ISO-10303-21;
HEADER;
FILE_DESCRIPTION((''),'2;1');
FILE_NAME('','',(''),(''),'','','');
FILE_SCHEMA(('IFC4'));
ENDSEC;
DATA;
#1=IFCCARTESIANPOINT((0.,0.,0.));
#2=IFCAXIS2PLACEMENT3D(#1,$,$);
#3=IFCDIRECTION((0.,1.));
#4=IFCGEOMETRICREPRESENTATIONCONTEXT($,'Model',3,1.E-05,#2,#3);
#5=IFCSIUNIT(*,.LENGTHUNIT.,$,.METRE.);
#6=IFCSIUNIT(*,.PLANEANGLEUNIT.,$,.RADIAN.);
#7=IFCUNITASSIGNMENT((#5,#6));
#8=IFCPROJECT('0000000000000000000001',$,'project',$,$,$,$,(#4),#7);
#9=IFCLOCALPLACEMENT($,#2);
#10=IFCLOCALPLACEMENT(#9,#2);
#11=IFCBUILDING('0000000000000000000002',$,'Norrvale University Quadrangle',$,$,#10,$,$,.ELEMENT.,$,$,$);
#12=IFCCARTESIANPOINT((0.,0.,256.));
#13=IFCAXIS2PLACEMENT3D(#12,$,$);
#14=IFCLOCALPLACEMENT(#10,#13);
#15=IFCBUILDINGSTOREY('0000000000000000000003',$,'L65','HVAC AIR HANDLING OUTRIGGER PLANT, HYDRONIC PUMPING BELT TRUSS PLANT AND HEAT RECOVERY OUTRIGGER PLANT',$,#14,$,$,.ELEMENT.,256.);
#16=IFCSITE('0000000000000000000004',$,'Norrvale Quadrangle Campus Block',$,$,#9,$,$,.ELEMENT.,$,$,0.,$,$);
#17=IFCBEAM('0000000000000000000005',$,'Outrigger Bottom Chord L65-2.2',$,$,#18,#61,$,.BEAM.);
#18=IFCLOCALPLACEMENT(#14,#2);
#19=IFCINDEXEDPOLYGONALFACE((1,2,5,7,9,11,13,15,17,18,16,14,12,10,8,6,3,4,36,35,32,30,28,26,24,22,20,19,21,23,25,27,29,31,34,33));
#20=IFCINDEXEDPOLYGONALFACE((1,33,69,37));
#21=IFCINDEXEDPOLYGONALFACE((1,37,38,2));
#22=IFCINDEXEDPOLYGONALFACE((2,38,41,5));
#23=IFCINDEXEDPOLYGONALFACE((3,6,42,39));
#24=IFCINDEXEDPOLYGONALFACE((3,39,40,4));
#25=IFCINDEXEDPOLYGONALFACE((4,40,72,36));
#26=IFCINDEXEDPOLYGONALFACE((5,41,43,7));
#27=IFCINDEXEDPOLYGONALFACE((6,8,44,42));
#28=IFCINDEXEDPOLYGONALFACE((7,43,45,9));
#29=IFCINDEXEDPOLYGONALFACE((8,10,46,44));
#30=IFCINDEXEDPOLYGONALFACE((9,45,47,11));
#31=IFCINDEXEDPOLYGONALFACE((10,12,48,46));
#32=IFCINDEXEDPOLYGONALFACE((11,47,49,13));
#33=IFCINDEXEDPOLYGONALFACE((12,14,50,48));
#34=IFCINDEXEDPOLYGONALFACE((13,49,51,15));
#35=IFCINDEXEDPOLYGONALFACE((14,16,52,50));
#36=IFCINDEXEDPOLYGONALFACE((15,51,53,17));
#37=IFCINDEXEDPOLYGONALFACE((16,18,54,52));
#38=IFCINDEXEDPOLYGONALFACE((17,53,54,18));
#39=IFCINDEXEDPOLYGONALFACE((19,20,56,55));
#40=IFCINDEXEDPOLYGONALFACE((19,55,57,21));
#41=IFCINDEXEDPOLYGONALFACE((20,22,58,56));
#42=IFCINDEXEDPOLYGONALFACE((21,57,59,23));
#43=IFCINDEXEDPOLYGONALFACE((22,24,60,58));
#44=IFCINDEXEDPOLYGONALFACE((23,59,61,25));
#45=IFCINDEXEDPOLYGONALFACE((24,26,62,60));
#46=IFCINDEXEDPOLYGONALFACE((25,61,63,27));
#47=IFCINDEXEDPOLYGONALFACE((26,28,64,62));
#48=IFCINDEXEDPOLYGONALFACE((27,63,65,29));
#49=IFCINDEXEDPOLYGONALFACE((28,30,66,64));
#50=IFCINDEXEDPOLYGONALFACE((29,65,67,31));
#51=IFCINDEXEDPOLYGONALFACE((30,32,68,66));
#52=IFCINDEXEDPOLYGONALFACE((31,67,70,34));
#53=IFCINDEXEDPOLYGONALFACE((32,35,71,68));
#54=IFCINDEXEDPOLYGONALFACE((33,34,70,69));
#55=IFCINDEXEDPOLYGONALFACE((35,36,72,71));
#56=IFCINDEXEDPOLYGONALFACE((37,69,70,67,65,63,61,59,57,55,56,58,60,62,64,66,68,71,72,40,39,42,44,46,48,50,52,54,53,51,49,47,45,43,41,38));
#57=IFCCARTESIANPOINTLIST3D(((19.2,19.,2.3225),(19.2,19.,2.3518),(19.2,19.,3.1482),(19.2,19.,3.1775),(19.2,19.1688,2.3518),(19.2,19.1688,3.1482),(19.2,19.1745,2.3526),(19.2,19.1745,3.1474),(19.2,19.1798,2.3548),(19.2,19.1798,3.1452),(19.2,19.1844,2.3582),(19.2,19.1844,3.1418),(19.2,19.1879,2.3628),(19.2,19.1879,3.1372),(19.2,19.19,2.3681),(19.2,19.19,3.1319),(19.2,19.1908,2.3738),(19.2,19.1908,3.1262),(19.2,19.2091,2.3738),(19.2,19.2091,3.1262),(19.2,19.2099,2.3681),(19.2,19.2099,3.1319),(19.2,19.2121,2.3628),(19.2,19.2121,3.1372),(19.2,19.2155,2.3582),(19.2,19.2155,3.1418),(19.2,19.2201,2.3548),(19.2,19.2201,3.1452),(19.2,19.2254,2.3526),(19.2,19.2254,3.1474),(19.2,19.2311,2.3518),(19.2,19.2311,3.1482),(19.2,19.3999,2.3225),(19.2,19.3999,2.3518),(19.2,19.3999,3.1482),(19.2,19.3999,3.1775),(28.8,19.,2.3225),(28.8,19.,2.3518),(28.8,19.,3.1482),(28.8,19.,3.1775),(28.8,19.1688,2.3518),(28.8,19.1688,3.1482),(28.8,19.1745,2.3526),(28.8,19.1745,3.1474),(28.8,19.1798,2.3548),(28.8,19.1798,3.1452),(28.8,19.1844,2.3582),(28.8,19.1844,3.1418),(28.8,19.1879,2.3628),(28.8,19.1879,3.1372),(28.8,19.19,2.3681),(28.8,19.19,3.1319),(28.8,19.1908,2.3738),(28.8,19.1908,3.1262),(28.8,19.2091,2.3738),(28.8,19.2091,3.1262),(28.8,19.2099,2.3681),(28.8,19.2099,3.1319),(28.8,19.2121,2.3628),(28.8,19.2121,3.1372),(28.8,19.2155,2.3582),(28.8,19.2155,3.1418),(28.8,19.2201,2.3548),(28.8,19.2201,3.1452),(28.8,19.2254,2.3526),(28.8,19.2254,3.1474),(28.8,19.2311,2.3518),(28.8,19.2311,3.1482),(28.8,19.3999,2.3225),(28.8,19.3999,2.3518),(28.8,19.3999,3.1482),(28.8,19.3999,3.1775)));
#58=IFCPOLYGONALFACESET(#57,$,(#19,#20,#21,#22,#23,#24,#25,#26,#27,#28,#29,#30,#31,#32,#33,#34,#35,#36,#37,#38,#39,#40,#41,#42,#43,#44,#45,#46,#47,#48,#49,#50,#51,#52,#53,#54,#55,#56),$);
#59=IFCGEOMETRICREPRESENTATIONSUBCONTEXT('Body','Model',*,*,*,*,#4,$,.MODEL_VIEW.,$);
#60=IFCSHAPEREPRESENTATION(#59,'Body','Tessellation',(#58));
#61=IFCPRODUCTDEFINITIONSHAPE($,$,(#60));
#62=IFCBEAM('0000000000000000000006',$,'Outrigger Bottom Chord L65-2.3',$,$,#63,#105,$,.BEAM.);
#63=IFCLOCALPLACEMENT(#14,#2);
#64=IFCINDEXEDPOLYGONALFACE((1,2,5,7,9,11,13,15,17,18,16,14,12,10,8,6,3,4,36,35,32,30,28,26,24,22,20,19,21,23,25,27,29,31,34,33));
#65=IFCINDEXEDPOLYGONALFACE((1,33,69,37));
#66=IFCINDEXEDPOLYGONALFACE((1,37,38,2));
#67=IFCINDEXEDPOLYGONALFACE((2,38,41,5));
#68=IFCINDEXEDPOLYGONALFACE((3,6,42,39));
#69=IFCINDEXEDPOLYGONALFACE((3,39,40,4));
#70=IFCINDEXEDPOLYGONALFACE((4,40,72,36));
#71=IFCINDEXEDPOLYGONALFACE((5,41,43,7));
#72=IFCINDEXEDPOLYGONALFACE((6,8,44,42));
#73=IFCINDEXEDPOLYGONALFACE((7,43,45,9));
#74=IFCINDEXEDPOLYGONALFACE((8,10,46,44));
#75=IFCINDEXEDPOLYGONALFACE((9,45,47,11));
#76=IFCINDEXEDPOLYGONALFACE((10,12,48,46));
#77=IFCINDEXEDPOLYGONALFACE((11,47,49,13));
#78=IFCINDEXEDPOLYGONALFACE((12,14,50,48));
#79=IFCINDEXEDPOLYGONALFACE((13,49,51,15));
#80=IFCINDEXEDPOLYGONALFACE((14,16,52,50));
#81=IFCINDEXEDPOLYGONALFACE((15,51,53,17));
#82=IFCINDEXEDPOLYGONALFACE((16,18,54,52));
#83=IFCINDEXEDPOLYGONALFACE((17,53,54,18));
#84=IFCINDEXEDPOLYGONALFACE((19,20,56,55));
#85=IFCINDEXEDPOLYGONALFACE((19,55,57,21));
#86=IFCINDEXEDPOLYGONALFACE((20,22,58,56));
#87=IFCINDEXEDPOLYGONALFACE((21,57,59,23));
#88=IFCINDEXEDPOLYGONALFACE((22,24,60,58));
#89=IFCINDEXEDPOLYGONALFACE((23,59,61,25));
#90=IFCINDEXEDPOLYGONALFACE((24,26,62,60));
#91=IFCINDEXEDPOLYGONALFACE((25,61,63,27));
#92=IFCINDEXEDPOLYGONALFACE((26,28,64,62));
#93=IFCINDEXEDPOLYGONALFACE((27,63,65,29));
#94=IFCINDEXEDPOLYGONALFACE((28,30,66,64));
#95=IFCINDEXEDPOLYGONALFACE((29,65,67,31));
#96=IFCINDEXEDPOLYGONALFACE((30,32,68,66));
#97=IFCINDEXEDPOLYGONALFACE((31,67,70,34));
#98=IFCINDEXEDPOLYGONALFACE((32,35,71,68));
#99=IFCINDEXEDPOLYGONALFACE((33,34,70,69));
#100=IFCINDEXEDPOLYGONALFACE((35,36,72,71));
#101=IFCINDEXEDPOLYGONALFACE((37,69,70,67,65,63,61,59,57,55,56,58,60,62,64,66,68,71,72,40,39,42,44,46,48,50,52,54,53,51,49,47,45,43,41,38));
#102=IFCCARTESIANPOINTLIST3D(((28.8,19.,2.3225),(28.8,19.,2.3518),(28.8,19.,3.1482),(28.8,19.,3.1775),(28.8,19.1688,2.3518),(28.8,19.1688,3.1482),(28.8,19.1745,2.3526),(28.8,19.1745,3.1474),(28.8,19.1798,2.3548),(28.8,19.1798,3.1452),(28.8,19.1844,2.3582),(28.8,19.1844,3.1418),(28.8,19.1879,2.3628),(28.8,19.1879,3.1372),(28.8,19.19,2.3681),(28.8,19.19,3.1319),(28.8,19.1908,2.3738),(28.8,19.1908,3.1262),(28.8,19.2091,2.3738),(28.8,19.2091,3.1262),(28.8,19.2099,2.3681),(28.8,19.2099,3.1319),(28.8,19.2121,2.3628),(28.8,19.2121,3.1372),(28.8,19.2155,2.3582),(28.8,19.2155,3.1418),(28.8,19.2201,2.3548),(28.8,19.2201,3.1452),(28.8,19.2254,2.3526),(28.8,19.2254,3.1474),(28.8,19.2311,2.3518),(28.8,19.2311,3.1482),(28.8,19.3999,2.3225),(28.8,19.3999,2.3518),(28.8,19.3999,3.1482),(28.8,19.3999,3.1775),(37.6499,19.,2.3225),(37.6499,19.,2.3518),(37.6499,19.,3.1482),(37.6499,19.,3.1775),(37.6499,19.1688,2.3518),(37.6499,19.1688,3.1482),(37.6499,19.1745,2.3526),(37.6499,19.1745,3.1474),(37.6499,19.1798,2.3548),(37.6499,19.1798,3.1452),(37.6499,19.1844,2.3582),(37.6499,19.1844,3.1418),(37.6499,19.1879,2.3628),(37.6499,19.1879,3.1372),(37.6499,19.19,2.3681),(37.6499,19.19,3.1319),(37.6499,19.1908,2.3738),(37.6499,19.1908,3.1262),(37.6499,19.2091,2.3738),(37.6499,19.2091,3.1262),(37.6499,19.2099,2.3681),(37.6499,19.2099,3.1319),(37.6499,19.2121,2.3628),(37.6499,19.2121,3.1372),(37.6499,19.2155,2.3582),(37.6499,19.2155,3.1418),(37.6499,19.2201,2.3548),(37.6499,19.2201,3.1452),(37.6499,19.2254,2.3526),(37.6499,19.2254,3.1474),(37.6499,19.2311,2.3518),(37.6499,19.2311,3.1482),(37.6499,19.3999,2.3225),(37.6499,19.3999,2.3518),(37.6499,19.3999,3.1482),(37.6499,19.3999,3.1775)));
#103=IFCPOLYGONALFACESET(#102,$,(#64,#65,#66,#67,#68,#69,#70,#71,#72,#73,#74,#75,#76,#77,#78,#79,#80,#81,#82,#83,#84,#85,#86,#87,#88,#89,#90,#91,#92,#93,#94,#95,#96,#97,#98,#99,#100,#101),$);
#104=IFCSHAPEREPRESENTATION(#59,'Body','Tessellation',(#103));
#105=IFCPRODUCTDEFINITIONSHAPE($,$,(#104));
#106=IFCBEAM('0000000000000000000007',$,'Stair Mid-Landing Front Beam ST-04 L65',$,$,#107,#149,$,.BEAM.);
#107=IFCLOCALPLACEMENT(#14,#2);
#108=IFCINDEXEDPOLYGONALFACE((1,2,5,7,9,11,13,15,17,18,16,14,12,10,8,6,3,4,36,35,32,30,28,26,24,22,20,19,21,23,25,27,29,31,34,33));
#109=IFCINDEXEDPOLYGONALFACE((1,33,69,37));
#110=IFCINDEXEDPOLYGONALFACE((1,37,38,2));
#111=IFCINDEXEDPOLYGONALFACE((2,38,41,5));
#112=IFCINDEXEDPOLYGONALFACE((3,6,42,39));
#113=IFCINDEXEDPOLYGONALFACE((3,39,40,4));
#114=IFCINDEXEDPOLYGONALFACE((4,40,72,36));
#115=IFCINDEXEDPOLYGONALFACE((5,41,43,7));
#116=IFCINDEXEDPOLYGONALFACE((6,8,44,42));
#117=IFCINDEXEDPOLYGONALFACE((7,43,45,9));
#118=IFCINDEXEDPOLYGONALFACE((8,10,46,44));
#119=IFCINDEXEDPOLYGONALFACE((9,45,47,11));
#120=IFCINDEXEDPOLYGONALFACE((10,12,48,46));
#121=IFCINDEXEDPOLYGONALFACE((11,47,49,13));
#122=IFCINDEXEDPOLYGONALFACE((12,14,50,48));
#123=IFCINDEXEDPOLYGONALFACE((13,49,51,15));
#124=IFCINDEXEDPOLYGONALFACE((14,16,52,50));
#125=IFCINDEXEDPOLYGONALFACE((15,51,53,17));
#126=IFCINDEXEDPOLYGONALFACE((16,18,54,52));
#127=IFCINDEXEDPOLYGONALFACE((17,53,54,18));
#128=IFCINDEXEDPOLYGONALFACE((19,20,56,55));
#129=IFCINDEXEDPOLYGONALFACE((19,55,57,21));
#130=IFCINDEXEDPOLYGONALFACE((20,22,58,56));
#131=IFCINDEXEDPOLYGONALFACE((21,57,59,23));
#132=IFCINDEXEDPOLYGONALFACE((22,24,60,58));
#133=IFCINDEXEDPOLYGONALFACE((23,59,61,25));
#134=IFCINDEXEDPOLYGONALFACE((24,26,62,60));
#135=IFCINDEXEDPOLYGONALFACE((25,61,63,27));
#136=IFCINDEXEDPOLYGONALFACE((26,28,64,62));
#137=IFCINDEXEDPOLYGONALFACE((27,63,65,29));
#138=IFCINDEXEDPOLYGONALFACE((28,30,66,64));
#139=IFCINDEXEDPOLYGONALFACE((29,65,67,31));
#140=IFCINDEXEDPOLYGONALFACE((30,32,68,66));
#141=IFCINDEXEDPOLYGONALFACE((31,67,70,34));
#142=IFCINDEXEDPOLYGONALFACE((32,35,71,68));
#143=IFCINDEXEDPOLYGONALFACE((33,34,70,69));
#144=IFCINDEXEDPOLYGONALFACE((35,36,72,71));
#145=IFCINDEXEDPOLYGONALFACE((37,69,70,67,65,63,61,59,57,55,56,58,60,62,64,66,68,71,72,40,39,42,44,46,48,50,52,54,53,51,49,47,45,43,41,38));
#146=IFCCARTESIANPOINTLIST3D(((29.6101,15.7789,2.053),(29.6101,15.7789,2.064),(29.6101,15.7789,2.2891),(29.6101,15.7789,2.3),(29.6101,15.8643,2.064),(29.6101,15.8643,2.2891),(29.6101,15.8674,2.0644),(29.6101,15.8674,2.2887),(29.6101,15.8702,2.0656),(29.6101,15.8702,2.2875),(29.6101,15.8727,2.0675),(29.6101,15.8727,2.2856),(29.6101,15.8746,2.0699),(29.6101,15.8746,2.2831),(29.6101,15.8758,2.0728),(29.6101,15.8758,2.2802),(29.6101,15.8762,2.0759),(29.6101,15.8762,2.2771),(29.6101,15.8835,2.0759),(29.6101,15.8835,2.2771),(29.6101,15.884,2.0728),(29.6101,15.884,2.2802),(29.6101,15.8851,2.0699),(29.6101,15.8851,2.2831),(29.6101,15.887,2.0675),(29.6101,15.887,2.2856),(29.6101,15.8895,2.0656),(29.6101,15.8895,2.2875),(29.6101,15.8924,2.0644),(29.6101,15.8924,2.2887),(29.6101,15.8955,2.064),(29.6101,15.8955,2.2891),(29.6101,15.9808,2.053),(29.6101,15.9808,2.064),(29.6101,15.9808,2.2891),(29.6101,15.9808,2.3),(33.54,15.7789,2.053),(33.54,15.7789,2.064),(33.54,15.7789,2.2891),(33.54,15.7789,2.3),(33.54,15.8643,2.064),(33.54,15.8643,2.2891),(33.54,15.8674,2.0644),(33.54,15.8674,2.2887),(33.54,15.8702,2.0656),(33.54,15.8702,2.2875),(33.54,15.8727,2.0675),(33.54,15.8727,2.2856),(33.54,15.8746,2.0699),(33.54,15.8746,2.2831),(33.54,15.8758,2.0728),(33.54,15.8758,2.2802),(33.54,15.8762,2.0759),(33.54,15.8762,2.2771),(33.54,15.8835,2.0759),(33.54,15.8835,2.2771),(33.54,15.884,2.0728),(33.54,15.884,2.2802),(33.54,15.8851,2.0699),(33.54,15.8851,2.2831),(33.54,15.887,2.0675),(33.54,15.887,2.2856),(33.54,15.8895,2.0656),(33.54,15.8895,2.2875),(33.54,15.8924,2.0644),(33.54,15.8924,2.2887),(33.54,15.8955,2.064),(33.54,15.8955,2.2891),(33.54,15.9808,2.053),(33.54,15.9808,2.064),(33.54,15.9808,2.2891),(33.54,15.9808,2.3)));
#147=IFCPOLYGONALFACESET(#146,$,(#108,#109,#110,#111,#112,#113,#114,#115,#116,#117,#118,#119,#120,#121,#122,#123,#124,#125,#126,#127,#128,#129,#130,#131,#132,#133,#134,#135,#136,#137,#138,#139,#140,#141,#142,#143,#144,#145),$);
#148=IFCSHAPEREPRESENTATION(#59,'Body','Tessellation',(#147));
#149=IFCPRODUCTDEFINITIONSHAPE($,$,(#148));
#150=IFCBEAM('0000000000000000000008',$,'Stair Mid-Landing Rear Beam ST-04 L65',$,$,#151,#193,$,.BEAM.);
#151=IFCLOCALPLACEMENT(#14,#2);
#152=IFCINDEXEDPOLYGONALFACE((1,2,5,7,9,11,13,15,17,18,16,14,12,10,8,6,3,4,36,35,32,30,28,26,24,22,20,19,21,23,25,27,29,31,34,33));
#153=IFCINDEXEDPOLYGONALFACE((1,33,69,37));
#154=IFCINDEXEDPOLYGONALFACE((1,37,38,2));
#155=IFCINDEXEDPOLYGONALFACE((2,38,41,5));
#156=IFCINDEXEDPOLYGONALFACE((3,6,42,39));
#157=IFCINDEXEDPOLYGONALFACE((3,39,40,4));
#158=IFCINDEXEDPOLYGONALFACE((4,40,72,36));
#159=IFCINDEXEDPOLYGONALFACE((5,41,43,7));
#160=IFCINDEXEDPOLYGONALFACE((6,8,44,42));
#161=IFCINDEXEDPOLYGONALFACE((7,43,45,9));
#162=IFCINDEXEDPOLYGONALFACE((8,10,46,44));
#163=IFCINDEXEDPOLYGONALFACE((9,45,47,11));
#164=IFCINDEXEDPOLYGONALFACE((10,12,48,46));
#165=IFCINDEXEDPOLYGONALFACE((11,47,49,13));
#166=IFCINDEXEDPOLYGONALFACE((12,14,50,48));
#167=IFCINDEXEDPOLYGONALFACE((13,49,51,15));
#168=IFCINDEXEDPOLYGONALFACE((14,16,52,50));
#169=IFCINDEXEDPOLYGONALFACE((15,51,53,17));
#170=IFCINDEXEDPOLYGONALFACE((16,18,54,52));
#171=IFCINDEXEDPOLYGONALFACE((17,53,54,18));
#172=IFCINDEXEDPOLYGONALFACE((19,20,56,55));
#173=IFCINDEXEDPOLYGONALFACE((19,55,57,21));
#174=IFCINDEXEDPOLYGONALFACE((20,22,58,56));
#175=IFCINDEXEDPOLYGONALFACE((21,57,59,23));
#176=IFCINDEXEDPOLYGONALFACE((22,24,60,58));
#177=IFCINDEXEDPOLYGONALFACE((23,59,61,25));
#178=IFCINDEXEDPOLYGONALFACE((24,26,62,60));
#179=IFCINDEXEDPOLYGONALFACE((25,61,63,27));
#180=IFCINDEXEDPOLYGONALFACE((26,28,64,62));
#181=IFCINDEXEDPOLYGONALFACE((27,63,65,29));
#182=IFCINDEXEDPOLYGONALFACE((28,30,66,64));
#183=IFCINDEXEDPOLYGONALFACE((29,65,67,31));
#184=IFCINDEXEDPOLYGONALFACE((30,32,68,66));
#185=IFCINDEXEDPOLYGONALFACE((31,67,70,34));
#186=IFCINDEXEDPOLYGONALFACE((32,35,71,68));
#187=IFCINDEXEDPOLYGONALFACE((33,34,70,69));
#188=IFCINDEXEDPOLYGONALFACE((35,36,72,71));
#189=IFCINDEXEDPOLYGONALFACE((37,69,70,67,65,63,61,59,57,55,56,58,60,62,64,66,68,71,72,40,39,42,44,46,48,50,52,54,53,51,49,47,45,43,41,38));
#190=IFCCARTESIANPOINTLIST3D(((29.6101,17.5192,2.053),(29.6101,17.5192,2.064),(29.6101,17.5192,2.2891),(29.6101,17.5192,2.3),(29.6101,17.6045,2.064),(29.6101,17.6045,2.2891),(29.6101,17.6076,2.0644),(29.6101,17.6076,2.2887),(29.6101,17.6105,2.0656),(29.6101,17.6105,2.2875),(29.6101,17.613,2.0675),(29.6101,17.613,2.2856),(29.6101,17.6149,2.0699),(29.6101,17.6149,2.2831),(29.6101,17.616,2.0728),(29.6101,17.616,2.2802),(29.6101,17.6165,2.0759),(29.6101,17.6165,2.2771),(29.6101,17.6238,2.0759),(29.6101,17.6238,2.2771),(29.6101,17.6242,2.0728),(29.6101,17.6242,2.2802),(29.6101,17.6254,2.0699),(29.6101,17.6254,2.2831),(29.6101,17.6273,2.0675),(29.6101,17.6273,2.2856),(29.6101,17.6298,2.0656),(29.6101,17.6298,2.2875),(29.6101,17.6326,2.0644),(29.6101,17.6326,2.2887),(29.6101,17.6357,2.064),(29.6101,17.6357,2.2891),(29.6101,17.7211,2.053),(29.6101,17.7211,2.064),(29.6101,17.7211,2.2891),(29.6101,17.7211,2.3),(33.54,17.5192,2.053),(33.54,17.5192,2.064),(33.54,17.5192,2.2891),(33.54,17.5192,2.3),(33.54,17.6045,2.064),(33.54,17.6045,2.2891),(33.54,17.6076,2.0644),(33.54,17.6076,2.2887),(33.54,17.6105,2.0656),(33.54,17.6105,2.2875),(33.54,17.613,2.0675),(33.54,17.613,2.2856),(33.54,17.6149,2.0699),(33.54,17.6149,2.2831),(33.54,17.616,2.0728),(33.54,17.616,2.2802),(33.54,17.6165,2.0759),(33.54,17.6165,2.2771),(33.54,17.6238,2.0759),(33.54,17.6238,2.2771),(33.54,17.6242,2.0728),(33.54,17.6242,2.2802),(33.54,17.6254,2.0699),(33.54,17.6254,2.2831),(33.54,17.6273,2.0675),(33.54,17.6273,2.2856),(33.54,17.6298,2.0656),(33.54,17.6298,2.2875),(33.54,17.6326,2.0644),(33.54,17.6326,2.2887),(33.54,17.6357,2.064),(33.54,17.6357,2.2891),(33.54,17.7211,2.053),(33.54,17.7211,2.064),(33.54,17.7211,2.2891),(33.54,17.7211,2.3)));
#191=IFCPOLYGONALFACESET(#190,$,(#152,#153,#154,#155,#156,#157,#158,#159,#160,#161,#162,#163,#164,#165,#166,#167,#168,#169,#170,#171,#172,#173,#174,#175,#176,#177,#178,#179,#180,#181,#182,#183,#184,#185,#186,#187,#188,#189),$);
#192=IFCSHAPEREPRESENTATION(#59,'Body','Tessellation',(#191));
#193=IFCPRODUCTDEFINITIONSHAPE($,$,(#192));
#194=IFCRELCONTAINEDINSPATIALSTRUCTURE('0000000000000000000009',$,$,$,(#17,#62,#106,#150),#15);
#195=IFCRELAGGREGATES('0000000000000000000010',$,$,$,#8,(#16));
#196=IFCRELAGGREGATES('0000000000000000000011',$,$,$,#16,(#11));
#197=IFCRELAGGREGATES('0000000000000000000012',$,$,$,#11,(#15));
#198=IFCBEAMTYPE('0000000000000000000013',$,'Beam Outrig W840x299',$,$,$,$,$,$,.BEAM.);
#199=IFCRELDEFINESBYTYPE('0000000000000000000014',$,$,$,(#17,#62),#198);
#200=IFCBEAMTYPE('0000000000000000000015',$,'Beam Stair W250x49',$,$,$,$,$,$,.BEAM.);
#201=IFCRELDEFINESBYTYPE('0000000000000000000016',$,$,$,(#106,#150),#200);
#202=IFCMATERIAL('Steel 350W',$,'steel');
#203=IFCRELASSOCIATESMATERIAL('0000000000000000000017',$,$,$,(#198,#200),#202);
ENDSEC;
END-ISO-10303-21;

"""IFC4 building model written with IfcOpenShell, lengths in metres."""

from ifc_helpers import new_model, si_unit, direction, frame, origin, origin_2d, place, context, subcontext, project, spatial, i_section, extrude, material, material_profile, profile_set, type_object, element, save


model = new_model("IFC4")

# Units and contexts
model_context = context("Model", 3, precision=1e-05, world=origin(), true_north=direction((0.0, 1.0)))
body_context = subcontext(model_context, "Body", "Model", "MODEL_VIEW")
ifc_project = project(units=[si_unit("LENGTHUNIT", "METRE"), si_unit("PLANEANGLEUNIT", "RADIAN")], contexts=[model_context])

# Site, building, storey
site_placement = place(None, origin())
site = spatial("IfcSite", under=ifc_project, at=site_placement, Name="Norrvale Quadrangle Campus Block", CompositionType="ELEMENT", RefElevation=0.0)
building_placement = place(site_placement, origin())
building = spatial("IfcBuilding", under=site, at=building_placement, Name="Norrvale University Quadrangle", CompositionType="ELEMENT")
storey_placement = place(building_placement, frame((0.0, 0.0, 256.0)))
storey = spatial("IfcBuildingStorey", under=building, at=storey_placement, Name="L65", Description="HVAC AIR HANDLING OUTRIGGER PLANT, HYDRONIC PUMPING BELT TRUSS PLANT AND HEAT RECOVERY OUTRIGGER PLANT", CompositionType="ELEMENT", Elevation=256.0)

# Beams
ifc_material_1 = material(Name="Steel 350W", Category="steel")
ifc_material_profile_1 = material_profile(ifc_material_1, i_section(OverallWidth=0.3999, OverallDepth=0.855, WebThickness=0.0183, FlangeThickness=0.0293, FilletRadius=0.022, at=origin_2d()), Name="Steel 350W")
ifc_profile_set_1 = profile_set([ifc_material_profile_1], Name="Steel 350W")
beam_type_1 = type_object("IfcBeamType", Name="Beam Outrig W840x299", PredefinedType="BEAM", material=ifc_profile_set_1)
beam_1_placement = place(storey_placement, frame((19.2, 19.2, 2.75), z_axis=(1.0, 0.0, 0.0), x_axis=(0.0, 1.0, 0.0)))
element("IfcBeam", 1, at=beam_1_placement, inside=storey, type_object=beam_type_1, Name="Outrigger Bottom Chord L65-2.2", PredefinedType="BEAM", context=body_context, shape_type="SweptSolid", body=[
    extrude(i_section(OverallWidth=0.3999, OverallDepth=0.855, WebThickness=0.0183, FlangeThickness=0.0293, FilletRadius=0.022, at=origin_2d()), origin(), (0.0, 0.0, 1.0), 9.6001),
])
beam_2_placement = place(storey_placement, frame((28.8, 19.2, 2.75), z_axis=(1.0, 0.0, 0.0), x_axis=(0.0, 1.0, 0.0)))
element("IfcBeam", 2, at=beam_2_placement, inside=storey, type_object=beam_type_1, Name="Outrigger Bottom Chord L65-2.3", PredefinedType="BEAM", context=body_context, shape_type="SweptSolid", body=[
    extrude(i_section(OverallWidth=0.3999, OverallDepth=0.855, WebThickness=0.0183, FlangeThickness=0.0293, FilletRadius=0.022, at=origin_2d()), origin(), (0.0, 0.0, 1.0), 8.8499),
])
ifc_material_profile_2 = material_profile(ifc_material_1, i_section(OverallWidth=0.2019, OverallDepth=0.2471, WebThickness=0.0073, FlangeThickness=0.011, FilletRadius=0.012, at=origin_2d()), Name="Steel 350W")
ifc_profile_set_2 = profile_set([ifc_material_profile_2], Name="Steel 350W")
beam_type_2 = type_object("IfcBeamType", Name="Beam Stair W250x49", PredefinedType="BEAM", material=ifc_profile_set_2)
for number, where, z_axis, x_axis, name in (
    (3, (29.6101, 15.8799, 2.1765), (1.0, 0.0, 0.0), (0.0, 1.0, 0.0), "Stair Mid-Landing Front Beam ST-04 L65"),
    (4, (29.6101, 17.6201, 2.1765), (1.0, 0.0, 0.0), (0.0, 1.0, 0.0), "Stair Mid-Landing Rear Beam ST-04 L65"),
):
    element("IfcBeam", number, at=place(storey_placement, frame(where, z_axis=z_axis, x_axis=x_axis)), inside=storey, type_object=beam_type_2, Name=name, PredefinedType="BEAM", context=body_context, shape_type="SweptSolid", body=[
        extrude(i_section(OverallWidth=0.2019, OverallDepth=0.2471, WebThickness=0.0073, FlangeThickness=0.011, FilletRadius=0.012, at=origin_2d()), origin(), (0.0, 0.0, 1.0), 3.9299),
    ])

save(model, "model.ifc")
